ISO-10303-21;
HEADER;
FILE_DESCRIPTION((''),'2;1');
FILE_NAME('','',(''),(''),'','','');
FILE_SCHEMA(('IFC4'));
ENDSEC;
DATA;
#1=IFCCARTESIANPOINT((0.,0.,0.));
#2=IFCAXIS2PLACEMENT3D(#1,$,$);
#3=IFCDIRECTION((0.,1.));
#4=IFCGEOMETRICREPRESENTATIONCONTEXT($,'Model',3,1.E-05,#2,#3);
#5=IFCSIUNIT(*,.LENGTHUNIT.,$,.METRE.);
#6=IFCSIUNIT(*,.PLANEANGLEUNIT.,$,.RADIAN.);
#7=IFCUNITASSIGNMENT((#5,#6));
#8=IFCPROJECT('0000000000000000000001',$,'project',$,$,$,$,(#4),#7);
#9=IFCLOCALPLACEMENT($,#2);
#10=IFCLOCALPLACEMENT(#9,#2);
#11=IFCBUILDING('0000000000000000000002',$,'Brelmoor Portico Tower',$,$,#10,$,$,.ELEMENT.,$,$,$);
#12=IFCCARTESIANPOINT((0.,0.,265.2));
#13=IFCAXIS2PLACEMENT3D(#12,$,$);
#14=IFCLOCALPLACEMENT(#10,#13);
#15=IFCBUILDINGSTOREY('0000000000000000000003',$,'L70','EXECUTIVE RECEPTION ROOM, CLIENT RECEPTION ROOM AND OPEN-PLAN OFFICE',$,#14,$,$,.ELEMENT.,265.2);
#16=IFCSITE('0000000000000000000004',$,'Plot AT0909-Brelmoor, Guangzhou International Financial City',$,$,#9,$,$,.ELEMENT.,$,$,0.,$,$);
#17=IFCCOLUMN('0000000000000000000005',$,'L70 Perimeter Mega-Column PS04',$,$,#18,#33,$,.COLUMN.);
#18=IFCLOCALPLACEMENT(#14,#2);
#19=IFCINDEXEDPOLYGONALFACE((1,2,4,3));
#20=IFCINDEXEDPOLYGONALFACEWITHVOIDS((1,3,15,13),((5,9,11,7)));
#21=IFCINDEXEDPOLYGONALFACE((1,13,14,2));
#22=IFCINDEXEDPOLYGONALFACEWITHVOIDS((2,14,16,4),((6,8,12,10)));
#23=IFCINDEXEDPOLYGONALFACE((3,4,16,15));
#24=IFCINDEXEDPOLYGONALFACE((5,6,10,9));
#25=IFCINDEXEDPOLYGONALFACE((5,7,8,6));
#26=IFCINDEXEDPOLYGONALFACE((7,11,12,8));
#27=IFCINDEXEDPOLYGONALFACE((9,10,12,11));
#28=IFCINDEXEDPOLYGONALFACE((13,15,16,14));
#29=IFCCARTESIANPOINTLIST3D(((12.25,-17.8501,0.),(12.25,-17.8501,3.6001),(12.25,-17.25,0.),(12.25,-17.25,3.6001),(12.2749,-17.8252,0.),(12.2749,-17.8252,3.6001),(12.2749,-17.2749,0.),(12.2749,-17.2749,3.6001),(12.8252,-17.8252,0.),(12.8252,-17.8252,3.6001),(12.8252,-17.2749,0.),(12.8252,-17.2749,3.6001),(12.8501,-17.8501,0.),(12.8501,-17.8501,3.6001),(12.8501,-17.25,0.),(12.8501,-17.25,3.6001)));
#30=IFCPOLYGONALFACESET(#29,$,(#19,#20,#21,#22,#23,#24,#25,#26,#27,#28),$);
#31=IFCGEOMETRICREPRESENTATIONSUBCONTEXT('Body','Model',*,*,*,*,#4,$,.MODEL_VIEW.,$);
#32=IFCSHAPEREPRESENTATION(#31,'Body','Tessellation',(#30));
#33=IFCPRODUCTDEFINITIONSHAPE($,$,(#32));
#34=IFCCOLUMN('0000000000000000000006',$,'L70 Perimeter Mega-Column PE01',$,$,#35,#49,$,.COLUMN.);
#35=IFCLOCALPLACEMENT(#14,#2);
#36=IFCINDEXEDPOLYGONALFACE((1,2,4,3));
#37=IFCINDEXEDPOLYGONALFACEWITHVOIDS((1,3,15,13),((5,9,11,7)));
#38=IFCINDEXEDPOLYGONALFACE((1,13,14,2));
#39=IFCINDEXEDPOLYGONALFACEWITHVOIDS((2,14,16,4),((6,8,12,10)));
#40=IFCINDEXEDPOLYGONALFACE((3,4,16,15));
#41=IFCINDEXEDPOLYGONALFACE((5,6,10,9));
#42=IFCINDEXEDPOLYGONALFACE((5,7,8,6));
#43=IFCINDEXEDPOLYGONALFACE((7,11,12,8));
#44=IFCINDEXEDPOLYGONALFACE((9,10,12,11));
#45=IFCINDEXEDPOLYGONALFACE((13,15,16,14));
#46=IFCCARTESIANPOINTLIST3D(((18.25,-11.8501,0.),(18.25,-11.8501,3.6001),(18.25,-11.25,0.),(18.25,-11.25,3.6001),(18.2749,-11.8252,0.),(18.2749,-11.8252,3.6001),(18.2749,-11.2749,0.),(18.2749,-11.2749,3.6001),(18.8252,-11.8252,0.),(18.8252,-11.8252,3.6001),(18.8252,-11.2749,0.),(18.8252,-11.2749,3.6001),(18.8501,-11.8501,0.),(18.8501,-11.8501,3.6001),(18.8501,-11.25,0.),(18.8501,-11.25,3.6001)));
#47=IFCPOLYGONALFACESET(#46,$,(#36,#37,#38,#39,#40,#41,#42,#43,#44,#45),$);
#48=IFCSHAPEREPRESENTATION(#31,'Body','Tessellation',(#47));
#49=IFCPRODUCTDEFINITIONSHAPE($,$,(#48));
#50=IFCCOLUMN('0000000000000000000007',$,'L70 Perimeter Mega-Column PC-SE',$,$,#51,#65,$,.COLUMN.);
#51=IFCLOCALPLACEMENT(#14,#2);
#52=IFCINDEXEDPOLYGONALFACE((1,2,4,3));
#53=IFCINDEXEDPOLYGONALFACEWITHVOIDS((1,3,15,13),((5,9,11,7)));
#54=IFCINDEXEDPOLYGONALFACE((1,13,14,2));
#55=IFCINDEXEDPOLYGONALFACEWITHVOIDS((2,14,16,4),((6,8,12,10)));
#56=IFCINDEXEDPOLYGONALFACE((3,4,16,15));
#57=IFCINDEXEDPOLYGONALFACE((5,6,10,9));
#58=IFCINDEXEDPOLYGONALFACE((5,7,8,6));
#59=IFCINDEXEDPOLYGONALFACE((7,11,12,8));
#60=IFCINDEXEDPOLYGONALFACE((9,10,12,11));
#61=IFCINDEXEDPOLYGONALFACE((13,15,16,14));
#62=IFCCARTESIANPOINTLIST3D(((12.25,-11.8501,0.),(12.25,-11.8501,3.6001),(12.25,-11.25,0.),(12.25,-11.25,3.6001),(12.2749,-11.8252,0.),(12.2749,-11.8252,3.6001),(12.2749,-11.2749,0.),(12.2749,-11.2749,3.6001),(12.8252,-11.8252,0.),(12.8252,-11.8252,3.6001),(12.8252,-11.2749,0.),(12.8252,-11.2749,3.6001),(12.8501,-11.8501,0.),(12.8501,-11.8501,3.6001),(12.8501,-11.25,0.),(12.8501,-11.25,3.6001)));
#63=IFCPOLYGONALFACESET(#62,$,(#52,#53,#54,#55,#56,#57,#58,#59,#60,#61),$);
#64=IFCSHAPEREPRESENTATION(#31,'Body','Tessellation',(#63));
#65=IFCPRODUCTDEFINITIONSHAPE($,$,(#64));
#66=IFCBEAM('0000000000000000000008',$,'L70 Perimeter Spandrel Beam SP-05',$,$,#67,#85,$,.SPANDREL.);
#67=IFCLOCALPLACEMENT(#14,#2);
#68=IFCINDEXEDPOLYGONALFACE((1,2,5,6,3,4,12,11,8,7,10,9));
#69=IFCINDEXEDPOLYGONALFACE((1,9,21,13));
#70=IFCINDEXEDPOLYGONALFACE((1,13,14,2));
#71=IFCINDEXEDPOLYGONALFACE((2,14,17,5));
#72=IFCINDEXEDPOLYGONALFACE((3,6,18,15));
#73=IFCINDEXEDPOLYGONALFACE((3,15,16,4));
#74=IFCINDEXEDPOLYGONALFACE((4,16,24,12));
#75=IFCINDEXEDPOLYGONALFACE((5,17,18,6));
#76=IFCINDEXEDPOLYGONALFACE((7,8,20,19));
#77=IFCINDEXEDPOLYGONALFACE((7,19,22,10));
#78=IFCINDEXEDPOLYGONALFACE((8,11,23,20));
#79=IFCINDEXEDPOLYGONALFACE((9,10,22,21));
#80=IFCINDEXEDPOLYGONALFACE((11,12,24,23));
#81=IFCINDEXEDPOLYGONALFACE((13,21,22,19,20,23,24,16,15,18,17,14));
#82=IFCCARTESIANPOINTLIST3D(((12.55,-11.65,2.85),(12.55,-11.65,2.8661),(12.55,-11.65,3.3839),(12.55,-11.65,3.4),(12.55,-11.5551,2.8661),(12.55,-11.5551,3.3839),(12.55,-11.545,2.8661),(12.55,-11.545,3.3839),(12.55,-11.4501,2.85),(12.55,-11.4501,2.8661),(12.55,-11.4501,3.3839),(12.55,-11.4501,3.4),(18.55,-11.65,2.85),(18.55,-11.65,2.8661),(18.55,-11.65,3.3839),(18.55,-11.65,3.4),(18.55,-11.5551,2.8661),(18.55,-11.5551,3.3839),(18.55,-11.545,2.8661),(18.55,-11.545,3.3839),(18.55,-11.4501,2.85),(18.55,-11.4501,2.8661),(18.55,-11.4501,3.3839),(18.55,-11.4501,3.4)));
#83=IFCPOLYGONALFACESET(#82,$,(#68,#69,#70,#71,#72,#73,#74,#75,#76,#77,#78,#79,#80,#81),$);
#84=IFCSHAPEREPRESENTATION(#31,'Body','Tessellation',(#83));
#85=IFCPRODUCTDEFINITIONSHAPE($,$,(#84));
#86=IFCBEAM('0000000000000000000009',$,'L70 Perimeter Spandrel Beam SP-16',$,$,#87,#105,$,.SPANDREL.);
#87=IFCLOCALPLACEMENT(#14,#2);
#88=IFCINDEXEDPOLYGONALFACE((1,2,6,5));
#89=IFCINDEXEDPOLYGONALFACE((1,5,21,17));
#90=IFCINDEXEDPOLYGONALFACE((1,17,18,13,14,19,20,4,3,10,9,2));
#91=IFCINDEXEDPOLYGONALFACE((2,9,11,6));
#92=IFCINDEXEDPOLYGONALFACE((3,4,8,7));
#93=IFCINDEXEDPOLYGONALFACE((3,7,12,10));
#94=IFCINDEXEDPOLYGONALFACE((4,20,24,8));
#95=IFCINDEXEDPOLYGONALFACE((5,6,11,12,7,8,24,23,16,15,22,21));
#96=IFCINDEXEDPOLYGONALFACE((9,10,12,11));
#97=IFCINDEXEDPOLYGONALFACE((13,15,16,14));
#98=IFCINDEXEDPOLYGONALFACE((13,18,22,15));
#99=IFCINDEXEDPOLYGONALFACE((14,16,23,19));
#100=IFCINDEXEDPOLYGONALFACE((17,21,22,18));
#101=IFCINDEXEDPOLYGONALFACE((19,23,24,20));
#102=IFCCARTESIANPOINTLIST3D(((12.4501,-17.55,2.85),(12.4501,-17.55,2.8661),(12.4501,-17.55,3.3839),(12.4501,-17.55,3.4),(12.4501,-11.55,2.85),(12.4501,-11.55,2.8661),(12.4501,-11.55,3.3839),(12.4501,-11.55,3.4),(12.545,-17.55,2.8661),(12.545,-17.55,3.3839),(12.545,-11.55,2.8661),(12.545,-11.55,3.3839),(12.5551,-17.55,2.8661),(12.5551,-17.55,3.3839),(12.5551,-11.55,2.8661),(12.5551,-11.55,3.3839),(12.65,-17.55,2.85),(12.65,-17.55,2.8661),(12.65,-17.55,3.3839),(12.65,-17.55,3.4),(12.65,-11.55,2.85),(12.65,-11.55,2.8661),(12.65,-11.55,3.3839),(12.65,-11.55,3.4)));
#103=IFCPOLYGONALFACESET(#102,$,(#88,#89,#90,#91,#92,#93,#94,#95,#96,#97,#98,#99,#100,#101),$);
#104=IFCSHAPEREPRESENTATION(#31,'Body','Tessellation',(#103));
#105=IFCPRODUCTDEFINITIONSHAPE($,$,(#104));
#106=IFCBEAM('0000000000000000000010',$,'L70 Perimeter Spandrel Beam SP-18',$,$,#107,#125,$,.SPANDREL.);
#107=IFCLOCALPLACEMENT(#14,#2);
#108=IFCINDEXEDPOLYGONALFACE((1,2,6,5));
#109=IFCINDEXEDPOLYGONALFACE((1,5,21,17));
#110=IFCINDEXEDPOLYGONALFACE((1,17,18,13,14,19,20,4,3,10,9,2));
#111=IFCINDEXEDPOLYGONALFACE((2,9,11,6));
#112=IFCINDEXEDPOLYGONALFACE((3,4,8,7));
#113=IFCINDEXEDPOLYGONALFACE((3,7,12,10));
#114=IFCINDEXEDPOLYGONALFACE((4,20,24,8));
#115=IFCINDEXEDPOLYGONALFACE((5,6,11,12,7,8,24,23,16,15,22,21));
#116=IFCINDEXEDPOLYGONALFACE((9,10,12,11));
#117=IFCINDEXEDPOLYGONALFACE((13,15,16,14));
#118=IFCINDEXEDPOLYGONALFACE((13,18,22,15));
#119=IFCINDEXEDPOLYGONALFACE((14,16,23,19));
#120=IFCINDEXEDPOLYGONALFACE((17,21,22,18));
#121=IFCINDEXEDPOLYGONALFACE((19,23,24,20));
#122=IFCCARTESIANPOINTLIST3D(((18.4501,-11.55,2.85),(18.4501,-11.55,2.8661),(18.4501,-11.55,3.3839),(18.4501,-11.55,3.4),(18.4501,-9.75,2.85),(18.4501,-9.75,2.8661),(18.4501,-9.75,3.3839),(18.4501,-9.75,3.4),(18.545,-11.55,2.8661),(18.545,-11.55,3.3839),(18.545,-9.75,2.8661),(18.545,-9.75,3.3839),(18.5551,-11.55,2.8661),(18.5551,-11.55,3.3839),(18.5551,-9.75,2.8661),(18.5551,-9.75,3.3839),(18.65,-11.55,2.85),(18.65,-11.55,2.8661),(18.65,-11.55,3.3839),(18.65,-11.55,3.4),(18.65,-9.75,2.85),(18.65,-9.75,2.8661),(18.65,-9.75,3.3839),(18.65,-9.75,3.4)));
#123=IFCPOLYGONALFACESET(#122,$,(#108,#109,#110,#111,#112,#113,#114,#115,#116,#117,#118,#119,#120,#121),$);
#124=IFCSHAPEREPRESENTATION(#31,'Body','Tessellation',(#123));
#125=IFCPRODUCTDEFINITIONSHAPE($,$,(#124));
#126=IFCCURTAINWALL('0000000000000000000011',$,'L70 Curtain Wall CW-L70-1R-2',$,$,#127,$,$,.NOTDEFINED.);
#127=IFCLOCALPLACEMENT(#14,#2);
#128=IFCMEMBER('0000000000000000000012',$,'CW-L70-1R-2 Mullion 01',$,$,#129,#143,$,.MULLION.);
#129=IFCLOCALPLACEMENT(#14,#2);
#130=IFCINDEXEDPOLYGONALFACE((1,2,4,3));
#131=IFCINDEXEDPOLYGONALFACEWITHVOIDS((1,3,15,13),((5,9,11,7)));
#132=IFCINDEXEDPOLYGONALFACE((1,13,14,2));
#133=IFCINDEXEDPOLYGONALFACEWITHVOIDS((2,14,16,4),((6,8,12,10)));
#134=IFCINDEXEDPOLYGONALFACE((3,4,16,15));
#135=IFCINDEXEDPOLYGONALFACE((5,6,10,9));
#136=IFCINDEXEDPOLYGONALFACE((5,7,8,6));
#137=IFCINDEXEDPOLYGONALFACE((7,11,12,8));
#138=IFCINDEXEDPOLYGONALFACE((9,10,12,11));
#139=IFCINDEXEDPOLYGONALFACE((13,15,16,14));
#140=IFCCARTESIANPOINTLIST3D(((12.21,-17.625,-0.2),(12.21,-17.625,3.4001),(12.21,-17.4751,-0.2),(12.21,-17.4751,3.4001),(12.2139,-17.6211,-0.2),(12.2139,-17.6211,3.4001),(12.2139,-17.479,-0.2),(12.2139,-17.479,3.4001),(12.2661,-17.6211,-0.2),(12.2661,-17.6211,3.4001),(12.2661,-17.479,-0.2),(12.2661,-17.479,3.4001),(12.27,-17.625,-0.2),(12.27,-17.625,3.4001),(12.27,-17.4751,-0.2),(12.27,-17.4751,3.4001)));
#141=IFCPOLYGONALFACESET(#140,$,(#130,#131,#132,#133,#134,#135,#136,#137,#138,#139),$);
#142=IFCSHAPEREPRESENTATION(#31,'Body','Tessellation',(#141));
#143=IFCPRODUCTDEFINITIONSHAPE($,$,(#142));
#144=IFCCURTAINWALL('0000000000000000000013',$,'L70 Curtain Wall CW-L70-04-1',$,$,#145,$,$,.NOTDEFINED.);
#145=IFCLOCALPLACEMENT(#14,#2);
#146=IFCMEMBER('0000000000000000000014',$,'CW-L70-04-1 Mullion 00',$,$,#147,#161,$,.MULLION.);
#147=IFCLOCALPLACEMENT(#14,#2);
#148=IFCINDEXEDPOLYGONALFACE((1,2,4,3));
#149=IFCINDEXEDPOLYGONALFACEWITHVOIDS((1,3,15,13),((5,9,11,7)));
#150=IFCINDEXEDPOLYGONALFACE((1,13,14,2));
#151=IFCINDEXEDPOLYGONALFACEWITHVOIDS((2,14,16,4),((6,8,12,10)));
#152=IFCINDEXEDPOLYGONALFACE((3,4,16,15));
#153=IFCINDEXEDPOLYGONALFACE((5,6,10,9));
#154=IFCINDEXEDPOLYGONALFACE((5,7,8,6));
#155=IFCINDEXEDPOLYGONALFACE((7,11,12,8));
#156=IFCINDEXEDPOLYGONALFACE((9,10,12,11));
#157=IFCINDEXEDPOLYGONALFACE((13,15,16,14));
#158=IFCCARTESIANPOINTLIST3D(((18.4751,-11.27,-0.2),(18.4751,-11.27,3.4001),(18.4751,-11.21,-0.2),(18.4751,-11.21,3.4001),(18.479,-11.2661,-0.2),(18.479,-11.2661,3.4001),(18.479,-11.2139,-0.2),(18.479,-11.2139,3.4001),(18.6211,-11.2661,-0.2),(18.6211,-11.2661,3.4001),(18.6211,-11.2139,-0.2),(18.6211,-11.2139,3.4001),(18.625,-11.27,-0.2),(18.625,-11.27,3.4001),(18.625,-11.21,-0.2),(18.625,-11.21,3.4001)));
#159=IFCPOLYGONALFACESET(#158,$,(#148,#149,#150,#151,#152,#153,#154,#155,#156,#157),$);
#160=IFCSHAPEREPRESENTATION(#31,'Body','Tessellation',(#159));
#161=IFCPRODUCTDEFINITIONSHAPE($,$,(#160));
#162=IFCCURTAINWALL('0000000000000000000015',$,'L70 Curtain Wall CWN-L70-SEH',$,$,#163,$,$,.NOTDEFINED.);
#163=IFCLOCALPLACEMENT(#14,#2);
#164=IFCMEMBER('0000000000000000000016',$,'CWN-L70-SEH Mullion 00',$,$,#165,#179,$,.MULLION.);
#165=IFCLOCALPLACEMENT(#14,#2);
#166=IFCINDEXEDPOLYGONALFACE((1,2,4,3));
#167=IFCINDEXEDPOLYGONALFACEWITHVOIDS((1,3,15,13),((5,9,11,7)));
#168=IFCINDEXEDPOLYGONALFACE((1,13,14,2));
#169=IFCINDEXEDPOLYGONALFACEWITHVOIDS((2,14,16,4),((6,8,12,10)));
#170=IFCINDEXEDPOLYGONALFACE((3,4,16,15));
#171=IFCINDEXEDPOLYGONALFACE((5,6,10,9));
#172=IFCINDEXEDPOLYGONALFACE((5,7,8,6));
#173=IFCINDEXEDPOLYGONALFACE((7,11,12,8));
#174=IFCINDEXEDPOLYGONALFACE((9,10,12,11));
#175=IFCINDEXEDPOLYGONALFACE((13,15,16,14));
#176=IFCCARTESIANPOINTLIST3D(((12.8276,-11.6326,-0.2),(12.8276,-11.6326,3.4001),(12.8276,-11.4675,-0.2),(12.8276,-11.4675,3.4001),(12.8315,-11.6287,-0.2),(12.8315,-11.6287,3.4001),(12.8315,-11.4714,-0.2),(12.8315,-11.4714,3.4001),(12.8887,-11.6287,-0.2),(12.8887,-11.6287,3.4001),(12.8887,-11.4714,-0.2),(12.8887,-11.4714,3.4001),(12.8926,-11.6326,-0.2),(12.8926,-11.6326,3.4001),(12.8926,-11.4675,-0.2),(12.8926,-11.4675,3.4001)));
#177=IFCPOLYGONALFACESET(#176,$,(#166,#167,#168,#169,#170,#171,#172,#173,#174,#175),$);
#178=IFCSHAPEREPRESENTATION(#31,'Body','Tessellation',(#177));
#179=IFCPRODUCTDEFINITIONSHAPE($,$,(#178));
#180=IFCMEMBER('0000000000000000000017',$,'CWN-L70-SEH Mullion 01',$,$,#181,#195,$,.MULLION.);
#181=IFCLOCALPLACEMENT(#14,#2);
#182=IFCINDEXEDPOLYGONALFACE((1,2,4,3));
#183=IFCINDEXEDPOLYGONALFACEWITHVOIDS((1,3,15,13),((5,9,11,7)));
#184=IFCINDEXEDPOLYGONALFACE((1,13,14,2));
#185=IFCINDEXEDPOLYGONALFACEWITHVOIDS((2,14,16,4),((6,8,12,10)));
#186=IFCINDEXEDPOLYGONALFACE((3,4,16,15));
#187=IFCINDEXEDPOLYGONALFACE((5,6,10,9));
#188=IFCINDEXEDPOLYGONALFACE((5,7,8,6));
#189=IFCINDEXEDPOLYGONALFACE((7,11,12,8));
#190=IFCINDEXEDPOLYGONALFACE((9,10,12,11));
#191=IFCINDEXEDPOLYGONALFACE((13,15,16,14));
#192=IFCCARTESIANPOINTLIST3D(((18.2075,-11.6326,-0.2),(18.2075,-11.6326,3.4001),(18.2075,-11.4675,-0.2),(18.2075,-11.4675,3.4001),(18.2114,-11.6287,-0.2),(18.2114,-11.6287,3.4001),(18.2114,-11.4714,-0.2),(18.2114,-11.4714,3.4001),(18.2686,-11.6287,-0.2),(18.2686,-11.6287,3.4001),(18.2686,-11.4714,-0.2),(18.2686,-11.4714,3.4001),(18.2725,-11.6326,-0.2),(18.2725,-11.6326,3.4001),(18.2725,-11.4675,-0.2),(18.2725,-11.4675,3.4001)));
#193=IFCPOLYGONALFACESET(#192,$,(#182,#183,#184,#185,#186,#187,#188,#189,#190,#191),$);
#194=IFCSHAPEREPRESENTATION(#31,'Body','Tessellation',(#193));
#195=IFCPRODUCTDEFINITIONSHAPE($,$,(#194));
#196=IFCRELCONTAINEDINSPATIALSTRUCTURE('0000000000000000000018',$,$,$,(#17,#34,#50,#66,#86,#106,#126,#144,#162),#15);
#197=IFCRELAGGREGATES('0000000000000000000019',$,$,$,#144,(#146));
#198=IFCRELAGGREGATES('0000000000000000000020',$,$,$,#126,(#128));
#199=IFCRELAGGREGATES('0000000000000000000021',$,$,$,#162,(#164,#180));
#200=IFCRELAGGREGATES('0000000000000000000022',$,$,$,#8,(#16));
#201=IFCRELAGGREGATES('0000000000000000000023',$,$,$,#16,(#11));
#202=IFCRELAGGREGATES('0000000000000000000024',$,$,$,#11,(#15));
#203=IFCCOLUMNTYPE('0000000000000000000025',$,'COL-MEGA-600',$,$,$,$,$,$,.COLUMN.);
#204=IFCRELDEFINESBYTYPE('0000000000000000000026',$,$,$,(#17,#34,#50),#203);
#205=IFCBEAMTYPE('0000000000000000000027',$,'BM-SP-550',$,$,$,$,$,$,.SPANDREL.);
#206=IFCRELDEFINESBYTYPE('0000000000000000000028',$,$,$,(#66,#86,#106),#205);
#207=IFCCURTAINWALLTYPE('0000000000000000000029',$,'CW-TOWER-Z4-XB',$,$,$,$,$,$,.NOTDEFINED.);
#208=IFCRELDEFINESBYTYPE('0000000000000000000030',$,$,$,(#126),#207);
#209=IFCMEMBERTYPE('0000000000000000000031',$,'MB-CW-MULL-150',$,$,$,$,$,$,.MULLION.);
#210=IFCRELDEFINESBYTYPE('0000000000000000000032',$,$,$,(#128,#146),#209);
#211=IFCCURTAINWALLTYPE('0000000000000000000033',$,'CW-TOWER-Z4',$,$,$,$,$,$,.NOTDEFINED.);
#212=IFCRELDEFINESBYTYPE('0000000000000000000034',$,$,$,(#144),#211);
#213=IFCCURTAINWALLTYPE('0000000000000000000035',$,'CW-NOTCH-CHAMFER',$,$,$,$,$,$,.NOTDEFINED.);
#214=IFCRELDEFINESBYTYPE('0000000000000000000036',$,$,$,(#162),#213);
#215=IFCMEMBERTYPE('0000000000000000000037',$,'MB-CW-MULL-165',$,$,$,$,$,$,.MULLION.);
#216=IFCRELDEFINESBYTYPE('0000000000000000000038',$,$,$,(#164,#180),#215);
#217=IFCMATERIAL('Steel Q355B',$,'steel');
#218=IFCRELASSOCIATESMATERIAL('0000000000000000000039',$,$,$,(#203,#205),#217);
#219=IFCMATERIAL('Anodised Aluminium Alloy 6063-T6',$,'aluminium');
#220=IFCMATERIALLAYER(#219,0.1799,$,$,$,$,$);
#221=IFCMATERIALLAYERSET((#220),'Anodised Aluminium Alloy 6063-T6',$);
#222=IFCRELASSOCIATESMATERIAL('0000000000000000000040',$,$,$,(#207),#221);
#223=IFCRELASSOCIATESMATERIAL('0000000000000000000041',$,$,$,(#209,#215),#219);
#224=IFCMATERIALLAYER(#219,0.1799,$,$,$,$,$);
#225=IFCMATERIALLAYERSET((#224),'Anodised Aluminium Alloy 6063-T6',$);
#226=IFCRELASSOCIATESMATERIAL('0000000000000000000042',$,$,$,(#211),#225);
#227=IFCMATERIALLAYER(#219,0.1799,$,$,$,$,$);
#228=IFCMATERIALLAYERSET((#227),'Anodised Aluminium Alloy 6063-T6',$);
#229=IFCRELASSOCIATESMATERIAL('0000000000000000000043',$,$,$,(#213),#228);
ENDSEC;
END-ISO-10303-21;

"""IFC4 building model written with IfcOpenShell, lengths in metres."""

from ifc_helpers import new_model, si_unit, direction, frame, origin, origin_2d, place, context, subcontext, project, spatial, hollow_rectangle, i_section, extrude, material, layer, layer_set, material_profile, profile_set, type_object, element, aggregate, save


model = new_model("IFC4")

# Units and contexts
model_context = context("Model", 3, precision=1e-05, world=origin(), true_north=direction((0.0, 1.0)))
body_context = subcontext(model_context, "Body", "Model", "MODEL_VIEW")
ifc_project = project(units=[si_unit("LENGTHUNIT", "METRE"), si_unit("PLANEANGLEUNIT", "RADIAN")], contexts=[model_context])

# Site, building, storey
site_placement = place(None, origin())
site = spatial("IfcSite", under=ifc_project, at=site_placement, Name="Plot AT0909-Brelmoor, Guangzhou International Financial City", CompositionType="ELEMENT", RefElevation=0.0)
building_placement = place(site_placement, origin())
building = spatial("IfcBuilding", under=site, at=building_placement, Name="Brelmoor Portico Tower", CompositionType="ELEMENT")
storey_placement = place(building_placement, frame((0.0, 0.0, 265.2)))
storey = spatial("IfcBuildingStorey", under=building, at=storey_placement, Name="L70", Description="EXECUTIVE RECEPTION ROOM, CLIENT RECEPTION ROOM AND OPEN-PLAN OFFICE", CompositionType="ELEMENT", Elevation=265.2)

# Columns
ifc_material_1 = material(Name="Steel Q355B", Category="steel")
ifc_material_profile_1 = material_profile(ifc_material_1, hollow_rectangle(XDim=0.6001, YDim=0.6001, WallThickness=0.0249, at=origin_2d()), Name="BOX 600x600x25")
ifc_profile_set_1 = profile_set([ifc_material_profile_1], Name="Steel Q355B")
column_type = type_object("IfcColumnType", Name="COL-MEGA-600", PredefinedType="COLUMN", material=ifc_profile_set_1)
for number, where, z_axis, x_axis, name in (
    (1, (12.55, -17.55, 0.0), (0.0, 0.0, 1.0), (1.0, 0.0, 0.0), "L70 Perimeter Mega-Column PS04"),
    (2, (18.55, -11.55, 0.0), (0.0, 0.0, 1.0), (0.0, 1.0, 0.0), "L70 Perimeter Mega-Column PE01"),
    (3, (12.55, -11.55, 0.0), (0.0, 0.0, 1.0), (1.0, 0.0, 0.0), "L70 Perimeter Mega-Column PC-SE"),
):
    element("IfcColumn", number, at=place(storey_placement, frame(where, z_axis=z_axis, x_axis=x_axis)), inside=storey, type_object=column_type, Name=name, PredefinedType="COLUMN", context=body_context, shape_type="SweptSolid", body=[
        extrude(hollow_rectangle(XDim=0.6001, YDim=0.6001, WallThickness=0.0249, at=origin_2d()), origin(), (0.0, 0.0, 1.0), 3.6001),
    ])

# Beams
ifc_material_profile_2 = material_profile(ifc_material_1, i_section(OverallWidth=0.2, OverallDepth=0.55, WebThickness=0.01, FlangeThickness=0.0161, at=origin_2d()), Name="HN 550x200x10x16")
ifc_profile_set_2 = profile_set([ifc_material_profile_2], Name="Steel Q355B")
beam_type = type_object("IfcBeamType", Name="BM-SP-550", PredefinedType="SPANDREL", material=ifc_profile_set_2)
for number, where, z_axis, x_axis, name in (
    (4, (12.55, -11.55, 3.125), (1.0, 0.0, 0.0), (0.0, 1.0, 0.0), "L70 Perimeter Spandrel Beam SP-05"),
    (5, (12.55, -17.55, 3.125), (0.0, 1.0, 0.0), (-1.0, 0.0, 0.0), "L70 Perimeter Spandrel Beam SP-16"),
):
    element("IfcBeam", number, at=place(storey_placement, frame(where, z_axis=z_axis, x_axis=x_axis)), inside=storey, type_object=beam_type, Name=name, PredefinedType="SPANDREL", context=body_context, shape_type="SweptSolid", body=[
        extrude(i_section(OverallWidth=0.2, OverallDepth=0.55, WebThickness=0.01, FlangeThickness=0.0161, at=origin_2d()), origin(), (0.0, 0.0, 1.0), 6.0),
    ])
beam_placement = place(storey_placement, frame((18.55, -11.55, 3.125), z_axis=(0.0, 1.0, 0.0), x_axis=(-1.0, 0.0, 0.0)))
element("IfcBeam", 6, at=beam_placement, inside=storey, type_object=beam_type, Name="L70 Perimeter Spandrel Beam SP-18", PredefinedType="SPANDREL", context=body_context, shape_type="SweptSolid", body=[
    extrude(i_section(OverallWidth=0.2, OverallDepth=0.55, WebThickness=0.01, FlangeThickness=0.0161, at=origin_2d()), origin(), (0.0, 0.0, 1.0), 1.8),
])

# Curtain walls, members
ifc_material_2 = material(Name="Anodised Aluminium Alloy 6063-T6", Category="aluminium")
ifc_layer_1 = layer(ifc_material_2, 0.1799)
ifc_layer_set_1 = layer_set([ifc_layer_1], Name="Anodised Aluminium Alloy 6063-T6")
curtain_wall_type_1 = type_object("IfcCurtainWallType", Name="CW-TOWER-Z4-XB", PredefinedType="NOTDEFINED", material=ifc_layer_set_1)
curtain_wall_1_placement = place(storey_placement, origin())
curtain_wall_1 = element("IfcCurtainWall", 7, at=curtain_wall_1_placement, inside=storey, type_object=curtain_wall_type_1, Name="L70 Curtain Wall CW-L70-1R-2", PredefinedType="NOTDEFINED")
ifc_material_profile_3 = material_profile(ifc_material_2, hollow_rectangle(XDim=0.0601, YDim=0.1499, WallThickness=0.0039, at=origin_2d()), Name="ALU MULLION 60x150")
ifc_profile_set_3 = profile_set([ifc_material_profile_3], Name="Anodised Aluminium Alloy 6063-T6")
member_type_1 = type_object("IfcMemberType", Name="MB-CW-MULL-150", PredefinedType="MULLION", material=ifc_profile_set_3)
member_1_placement = place(storey_placement, frame((12.24, -17.55, -0.2), z_axis=(0.0, 0.0, 1.0), x_axis=(1.0, 0.0, 0.0)))
member_1 = element("IfcMember", 8, at=member_1_placement, type_object=member_type_1, Name="CW-L70-1R-2 Mullion 01", PredefinedType="MULLION", context=body_context, shape_type="SweptSolid", body=[
    extrude(hollow_rectangle(XDim=0.0601, YDim=0.1499, WallThickness=0.0039, at=origin_2d()), origin(), (0.0, 0.0, 1.0), 3.6001),
])
ifc_layer_2 = layer(ifc_material_2, 0.1799)
ifc_layer_set_2 = layer_set([ifc_layer_2], Name="Anodised Aluminium Alloy 6063-T6")
curtain_wall_type_2 = type_object("IfcCurtainWallType", Name="CW-TOWER-Z4", PredefinedType="NOTDEFINED", material=ifc_layer_set_2)
curtain_wall_2_placement = place(storey_placement, origin())
curtain_wall_2 = element("IfcCurtainWall", 9, at=curtain_wall_2_placement, inside=storey, type_object=curtain_wall_type_2, Name="L70 Curtain Wall CW-L70-04-1", PredefinedType="NOTDEFINED")
member_2_placement = place(storey_placement, frame((18.55, -11.24, -0.2), z_axis=(0.0, 0.0, 1.0), x_axis=(0.0, 1.0, 0.0)))
member_2 = element("IfcMember", 10, at=member_2_placement, type_object=member_type_1, Name="CW-L70-04-1 Mullion 00", PredefinedType="MULLION", context=body_context, shape_type="SweptSolid", body=[
    extrude(hollow_rectangle(XDim=0.0601, YDim=0.1499, WallThickness=0.0039, at=origin_2d()), origin(), (0.0, 0.0, 1.0), 3.6001),
])
aggregate(curtain_wall_2, [member_2])

# Curtain wall, members
ifc_layer_3 = layer(ifc_material_2, 0.1799)
ifc_layer_set_3 = layer_set([ifc_layer_3], Name="Anodised Aluminium Alloy 6063-T6")
curtain_wall_type_3 = type_object("IfcCurtainWallType", Name="CW-NOTCH-CHAMFER", PredefinedType="NOTDEFINED", material=ifc_layer_set_3)
curtain_wall_3_placement = place(storey_placement, origin())
curtain_wall_3 = element("IfcCurtainWall", 11, at=curtain_wall_3_placement, inside=storey, type_object=curtain_wall_type_3, Name="L70 Curtain Wall CWN-L70-SEH", PredefinedType="NOTDEFINED")
ifc_material_profile_4 = material_profile(ifc_material_2, hollow_rectangle(XDim=0.0649, YDim=0.165, WallThickness=0.0039, at=origin_2d()), Name="ALU MULLION 65x165")
ifc_profile_set_4 = profile_set([ifc_material_profile_4], Name="Anodised Aluminium Alloy 6063-T6")
member_type_2 = type_object("IfcMemberType", Name="MB-CW-MULL-165", PredefinedType="MULLION", material=ifc_profile_set_4)
member_3_placement = place(storey_placement, frame((12.8601, -11.55, -0.2), z_axis=(0.0, 0.0, 1.0), x_axis=(1.0, 0.0, 0.0)))
member_3 = element("IfcMember", 12, at=member_3_placement, type_object=member_type_2, Name="CWN-L70-SEH Mullion 00", PredefinedType="MULLION", context=body_context, shape_type="SweptSolid", body=[
    extrude(hollow_rectangle(XDim=0.0649, YDim=0.165, WallThickness=0.0039, at=origin_2d()), origin(), (0.0, 0.0, 1.0), 3.6001),
])
member_4_placement = place(storey_placement, frame((18.24, -11.55, -0.2), z_axis=(0.0, 0.0, 1.0), x_axis=(1.0, 0.0, 0.0)))
member_4 = element("IfcMember", 13, at=member_4_placement, type_object=member_type_2, Name="CWN-L70-SEH Mullion 01", PredefinedType="MULLION", context=body_context, shape_type="SweptSolid", body=[
    extrude(hollow_rectangle(XDim=0.0649, YDim=0.165, WallThickness=0.0039, at=origin_2d()), origin(), (0.0, 0.0, 1.0), 3.6001),
])

aggregate(curtain_wall_1, [member_1])
aggregate(curtain_wall_3, [member_3, member_4])

save(model, "model.ifc")
